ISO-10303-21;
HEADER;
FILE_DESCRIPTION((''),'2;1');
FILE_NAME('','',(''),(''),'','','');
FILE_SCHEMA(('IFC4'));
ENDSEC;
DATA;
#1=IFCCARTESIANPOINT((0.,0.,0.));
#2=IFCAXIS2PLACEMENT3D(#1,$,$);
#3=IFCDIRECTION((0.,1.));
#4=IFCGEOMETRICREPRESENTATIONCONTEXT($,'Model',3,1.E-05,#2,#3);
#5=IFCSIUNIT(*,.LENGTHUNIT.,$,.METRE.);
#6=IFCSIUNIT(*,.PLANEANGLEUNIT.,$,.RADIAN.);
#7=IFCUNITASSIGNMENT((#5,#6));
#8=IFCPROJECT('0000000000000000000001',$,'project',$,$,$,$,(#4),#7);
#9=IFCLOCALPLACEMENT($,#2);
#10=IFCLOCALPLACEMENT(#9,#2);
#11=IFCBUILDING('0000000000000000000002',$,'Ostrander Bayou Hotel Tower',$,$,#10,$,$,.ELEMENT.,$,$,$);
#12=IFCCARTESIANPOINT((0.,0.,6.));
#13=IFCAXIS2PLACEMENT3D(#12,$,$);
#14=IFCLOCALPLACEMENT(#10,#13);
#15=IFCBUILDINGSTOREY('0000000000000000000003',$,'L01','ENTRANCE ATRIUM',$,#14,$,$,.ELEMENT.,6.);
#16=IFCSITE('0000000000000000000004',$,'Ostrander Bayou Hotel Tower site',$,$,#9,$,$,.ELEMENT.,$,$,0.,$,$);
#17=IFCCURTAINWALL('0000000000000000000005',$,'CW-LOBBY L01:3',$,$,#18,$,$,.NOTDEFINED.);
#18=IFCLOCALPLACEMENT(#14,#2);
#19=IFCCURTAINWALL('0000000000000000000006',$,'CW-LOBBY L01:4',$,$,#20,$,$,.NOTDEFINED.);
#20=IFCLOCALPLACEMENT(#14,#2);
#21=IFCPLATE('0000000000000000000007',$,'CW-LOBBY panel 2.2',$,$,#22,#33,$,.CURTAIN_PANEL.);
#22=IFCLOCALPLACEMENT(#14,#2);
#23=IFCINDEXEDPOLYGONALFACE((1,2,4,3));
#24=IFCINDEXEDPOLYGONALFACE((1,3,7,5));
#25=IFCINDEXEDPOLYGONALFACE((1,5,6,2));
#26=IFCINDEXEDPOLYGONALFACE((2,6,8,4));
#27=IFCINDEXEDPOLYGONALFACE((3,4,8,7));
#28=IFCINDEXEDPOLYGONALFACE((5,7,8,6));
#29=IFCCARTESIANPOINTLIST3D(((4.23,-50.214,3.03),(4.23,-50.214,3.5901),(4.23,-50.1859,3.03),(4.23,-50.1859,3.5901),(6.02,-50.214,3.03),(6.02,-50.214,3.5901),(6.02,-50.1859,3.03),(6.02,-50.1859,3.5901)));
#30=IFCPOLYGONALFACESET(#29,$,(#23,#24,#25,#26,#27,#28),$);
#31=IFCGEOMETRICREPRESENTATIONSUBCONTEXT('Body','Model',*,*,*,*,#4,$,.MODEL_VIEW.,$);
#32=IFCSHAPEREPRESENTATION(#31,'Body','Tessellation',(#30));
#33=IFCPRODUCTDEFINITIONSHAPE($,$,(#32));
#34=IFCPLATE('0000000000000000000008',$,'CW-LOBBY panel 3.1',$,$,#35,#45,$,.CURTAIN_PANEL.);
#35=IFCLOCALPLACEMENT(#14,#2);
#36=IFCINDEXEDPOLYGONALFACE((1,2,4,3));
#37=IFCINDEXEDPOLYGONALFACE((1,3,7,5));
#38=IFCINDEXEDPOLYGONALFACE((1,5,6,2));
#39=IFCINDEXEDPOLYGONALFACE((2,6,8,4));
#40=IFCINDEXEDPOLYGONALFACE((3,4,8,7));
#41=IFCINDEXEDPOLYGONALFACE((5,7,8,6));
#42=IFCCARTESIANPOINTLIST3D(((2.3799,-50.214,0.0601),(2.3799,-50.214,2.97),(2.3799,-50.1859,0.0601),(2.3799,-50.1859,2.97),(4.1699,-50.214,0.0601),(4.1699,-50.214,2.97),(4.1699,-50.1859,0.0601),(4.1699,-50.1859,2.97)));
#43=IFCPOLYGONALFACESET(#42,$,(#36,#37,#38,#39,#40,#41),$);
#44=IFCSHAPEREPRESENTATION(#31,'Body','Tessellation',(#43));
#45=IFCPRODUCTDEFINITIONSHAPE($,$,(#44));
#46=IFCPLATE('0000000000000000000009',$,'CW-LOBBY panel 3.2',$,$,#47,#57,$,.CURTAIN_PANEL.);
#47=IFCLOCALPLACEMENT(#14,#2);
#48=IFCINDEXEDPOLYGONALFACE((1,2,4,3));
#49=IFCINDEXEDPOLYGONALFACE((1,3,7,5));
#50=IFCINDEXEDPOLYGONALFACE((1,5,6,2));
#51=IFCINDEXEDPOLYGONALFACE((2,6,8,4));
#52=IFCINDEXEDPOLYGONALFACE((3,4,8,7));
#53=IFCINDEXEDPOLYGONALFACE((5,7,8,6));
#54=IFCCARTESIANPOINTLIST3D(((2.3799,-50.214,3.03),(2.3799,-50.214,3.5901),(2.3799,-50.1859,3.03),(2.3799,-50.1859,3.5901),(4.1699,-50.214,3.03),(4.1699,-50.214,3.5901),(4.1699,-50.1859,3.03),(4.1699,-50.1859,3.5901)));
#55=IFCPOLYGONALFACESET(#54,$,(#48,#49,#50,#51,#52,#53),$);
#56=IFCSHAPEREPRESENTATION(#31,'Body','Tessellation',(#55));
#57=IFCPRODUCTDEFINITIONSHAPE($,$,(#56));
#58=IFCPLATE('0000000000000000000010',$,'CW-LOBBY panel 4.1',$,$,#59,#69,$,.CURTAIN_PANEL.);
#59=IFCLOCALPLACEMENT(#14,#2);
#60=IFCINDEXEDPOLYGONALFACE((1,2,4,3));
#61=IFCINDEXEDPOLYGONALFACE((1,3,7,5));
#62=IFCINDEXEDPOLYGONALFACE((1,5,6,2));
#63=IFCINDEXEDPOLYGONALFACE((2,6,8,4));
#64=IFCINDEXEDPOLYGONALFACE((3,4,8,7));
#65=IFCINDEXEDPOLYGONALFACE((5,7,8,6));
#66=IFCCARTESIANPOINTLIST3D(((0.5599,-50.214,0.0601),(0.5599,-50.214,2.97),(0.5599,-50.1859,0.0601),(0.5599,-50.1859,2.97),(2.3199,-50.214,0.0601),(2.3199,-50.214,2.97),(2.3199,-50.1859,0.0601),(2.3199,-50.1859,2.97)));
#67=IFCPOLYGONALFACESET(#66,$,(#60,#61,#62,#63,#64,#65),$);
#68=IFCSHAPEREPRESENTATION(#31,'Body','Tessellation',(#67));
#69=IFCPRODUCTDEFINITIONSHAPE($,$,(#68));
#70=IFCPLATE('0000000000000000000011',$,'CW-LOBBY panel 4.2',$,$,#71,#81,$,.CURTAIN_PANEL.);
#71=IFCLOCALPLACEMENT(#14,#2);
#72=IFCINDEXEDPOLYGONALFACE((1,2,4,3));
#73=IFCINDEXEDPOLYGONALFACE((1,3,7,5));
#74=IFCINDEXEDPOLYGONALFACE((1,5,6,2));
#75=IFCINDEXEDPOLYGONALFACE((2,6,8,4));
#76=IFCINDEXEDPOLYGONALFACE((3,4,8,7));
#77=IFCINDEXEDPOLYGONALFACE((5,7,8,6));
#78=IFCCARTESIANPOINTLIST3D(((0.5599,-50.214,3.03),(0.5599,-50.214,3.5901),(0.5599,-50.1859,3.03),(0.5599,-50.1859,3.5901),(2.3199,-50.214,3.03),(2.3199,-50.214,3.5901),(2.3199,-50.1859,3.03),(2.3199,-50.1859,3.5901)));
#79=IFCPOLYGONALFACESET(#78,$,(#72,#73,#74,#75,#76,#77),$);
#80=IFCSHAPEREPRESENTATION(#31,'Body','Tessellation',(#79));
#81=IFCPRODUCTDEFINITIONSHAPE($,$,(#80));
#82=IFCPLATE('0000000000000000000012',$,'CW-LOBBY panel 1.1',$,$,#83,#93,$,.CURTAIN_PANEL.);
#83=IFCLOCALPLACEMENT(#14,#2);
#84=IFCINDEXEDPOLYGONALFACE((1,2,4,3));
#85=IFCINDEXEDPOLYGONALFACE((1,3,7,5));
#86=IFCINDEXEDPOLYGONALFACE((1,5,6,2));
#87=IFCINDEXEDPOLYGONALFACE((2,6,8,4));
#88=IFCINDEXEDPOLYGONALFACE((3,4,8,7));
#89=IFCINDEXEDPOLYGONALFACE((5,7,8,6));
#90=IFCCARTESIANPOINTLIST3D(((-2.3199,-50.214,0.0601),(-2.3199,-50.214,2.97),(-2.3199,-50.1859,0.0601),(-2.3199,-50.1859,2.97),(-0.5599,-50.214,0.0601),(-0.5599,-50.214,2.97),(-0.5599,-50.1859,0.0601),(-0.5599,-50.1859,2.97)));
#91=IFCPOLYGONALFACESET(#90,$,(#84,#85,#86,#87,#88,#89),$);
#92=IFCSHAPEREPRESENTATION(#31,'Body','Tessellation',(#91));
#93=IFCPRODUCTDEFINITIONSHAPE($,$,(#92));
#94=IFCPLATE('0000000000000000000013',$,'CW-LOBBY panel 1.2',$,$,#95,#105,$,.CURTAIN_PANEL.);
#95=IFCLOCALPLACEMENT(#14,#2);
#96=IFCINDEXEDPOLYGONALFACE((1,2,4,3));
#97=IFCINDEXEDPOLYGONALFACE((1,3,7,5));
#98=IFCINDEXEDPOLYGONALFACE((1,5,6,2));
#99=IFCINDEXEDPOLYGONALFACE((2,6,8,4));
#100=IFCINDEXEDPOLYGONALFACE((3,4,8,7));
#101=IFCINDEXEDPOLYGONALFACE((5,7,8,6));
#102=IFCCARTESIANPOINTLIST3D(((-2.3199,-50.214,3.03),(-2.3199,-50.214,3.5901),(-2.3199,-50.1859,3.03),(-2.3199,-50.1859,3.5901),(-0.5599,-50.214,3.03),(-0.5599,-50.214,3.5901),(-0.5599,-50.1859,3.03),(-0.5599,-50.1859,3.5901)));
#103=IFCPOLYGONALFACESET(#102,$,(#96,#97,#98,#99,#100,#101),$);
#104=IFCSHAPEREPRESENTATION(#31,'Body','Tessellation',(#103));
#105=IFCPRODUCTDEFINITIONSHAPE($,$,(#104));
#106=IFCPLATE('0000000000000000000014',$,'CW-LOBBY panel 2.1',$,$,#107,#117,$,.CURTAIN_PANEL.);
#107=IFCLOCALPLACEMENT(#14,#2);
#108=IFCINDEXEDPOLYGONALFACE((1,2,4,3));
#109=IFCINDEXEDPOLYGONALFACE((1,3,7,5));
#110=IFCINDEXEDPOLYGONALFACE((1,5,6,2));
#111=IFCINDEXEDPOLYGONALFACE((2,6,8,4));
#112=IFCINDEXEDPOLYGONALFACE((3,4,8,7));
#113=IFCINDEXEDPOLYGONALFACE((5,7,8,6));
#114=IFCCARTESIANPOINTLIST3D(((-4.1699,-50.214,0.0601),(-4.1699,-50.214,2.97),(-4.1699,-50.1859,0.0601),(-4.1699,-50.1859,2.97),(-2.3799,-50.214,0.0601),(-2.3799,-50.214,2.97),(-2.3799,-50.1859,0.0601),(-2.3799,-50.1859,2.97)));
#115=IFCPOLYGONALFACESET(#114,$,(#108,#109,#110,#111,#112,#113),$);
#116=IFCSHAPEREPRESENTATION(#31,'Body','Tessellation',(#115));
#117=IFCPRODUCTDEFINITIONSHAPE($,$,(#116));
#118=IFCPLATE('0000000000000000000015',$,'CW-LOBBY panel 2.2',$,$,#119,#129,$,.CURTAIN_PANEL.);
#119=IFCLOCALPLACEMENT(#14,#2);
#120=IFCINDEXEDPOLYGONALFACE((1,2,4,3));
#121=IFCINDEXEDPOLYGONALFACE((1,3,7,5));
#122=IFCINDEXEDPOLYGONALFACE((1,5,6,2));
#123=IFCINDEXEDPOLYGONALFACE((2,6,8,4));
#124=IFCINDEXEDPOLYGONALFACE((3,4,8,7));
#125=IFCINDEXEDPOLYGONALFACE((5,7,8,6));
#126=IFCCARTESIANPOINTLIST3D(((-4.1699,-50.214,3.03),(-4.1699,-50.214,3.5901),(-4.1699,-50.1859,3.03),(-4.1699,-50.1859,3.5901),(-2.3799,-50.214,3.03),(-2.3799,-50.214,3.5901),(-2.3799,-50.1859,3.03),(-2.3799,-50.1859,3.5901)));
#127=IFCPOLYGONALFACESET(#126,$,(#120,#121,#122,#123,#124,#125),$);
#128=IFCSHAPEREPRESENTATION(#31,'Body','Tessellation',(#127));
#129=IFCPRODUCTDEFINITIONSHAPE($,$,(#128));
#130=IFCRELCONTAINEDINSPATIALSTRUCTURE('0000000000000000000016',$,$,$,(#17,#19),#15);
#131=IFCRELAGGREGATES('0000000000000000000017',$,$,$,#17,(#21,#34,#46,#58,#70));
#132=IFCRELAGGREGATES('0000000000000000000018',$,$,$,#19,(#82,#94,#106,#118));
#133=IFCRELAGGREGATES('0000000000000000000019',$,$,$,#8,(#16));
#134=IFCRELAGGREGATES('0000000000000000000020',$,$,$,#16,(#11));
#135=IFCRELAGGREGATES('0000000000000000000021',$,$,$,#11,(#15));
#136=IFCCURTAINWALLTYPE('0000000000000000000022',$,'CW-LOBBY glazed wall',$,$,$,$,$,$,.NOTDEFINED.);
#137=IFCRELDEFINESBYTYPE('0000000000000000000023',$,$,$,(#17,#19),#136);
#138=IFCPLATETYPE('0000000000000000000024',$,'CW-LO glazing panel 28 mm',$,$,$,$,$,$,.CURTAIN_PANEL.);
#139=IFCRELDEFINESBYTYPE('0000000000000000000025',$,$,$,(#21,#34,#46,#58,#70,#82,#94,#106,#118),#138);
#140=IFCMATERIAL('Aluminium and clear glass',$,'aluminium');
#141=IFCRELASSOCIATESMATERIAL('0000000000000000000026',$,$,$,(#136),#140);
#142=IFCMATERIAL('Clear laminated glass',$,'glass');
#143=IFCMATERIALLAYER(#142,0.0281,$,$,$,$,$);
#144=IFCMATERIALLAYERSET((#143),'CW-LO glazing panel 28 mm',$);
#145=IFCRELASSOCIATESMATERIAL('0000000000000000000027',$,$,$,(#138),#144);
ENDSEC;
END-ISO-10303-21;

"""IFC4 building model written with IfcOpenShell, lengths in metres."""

from ifc_helpers import new_model, si_unit, direction, frame, origin, origin_2d, place, context, subcontext, project, spatial, rectangle, extrude, material, layer, layer_set, type_object, element, aggregate, save


model = new_model("IFC4")

# Units and contexts
model_context = context("Model", 3, precision=1e-05, world=origin(), true_north=direction((0.0, 1.0)))
body_context = subcontext(model_context, "Body", "Model", "MODEL_VIEW")
ifc_project = project(units=[si_unit("LENGTHUNIT", "METRE"), si_unit("PLANEANGLEUNIT", "RADIAN")], contexts=[model_context])

# Site, building, storey
site_placement = place(None, origin())
site = spatial("IfcSite", under=ifc_project, at=site_placement, Name="Ostrander Bayou Hotel Tower site", CompositionType="ELEMENT", RefElevation=0.0)
building_placement = place(site_placement, origin())
building = spatial("IfcBuilding", under=site, at=building_placement, Name="Ostrander Bayou Hotel Tower", CompositionType="ELEMENT")
storey_placement = place(building_placement, frame((0.0, 0.0, 6.0)))
storey = spatial("IfcBuildingStorey", under=building, at=storey_placement, Name="L01", Description="ENTRANCE ATRIUM", CompositionType="ELEMENT", Elevation=6.0)

# Curtain walls
ifc_material_1 = material(Name="Aluminium and clear glass", Category="aluminium")
curtain_wall_type = type_object("IfcCurtainWallType", Name="CW-LOBBY glazed wall", PredefinedType="NOTDEFINED", material=ifc_material_1)
curtain_wall_1_placement = place(storey_placement, origin())
curtain_wall_1 = element("IfcCurtainWall", 1, at=curtain_wall_1_placement, inside=storey, type_object=curtain_wall_type, Name="CW-LOBBY L01:3", PredefinedType="NOTDEFINED")
curtain_wall_2_placement = place(storey_placement, origin())
curtain_wall_2 = element("IfcCurtainWall", 2, at=curtain_wall_2_placement, inside=storey, type_object=curtain_wall_type, Name="CW-LOBBY L01:4", PredefinedType="NOTDEFINED")

# Plates
ifc_material_2 = material(Name="Clear laminated glass", Category="glass")
ifc_layer = layer(ifc_material_2, 0.0281)
ifc_layer_set = layer_set([ifc_layer], Name="CW-LO glazing panel 28 mm")
plate_type = type_object("IfcPlateType", Name="CW-LO glazing panel 28 mm", PredefinedType="CURTAIN_PANEL", material=ifc_layer_set)
plate_1_placement = place(storey_placement, frame((5.125, -50.2, 3.03), z_axis=(0.0, 0.0, 1.0), x_axis=(-1.0, 0.0, 0.0)))
plate_1 = element("IfcPlate", 3, at=plate_1_placement, type_object=plate_type, Name="CW-LOBBY panel 2.2", PredefinedType="CURTAIN_PANEL", context=body_context, shape_type="SweptSolid", body=[
    extrude(rectangle(XDim=1.79, YDim=0.0281, at=origin_2d()), origin(), (0.0, 0.0, 1.0), 0.5601),
])
plate_2_placement = place(storey_placement, frame((3.2749, -50.2, 0.0601), z_axis=(0.0, 0.0, 1.0), x_axis=(-1.0, 0.0, 0.0)))
plate_2 = element("IfcPlate", 4, at=plate_2_placement, type_object=plate_type, Name="CW-LOBBY panel 3.1", PredefinedType="CURTAIN_PANEL", context=body_context, shape_type="SweptSolid", body=[
    extrude(rectangle(XDim=1.79, YDim=0.0281, at=origin_2d()), origin(), (0.0, 0.0, 1.0), 2.9099),
])
plate_3_placement = place(storey_placement, frame((3.2749, -50.2, 3.03), z_axis=(0.0, 0.0, 1.0), x_axis=(-1.0, 0.0, 0.0)))
plate_3 = element("IfcPlate", 5, at=plate_3_placement, type_object=plate_type, Name="CW-LOBBY panel 3.2", PredefinedType="CURTAIN_PANEL", context=body_context, shape_type="SweptSolid", body=[
    extrude(rectangle(XDim=1.79, YDim=0.0281, at=origin_2d()), origin(), (0.0, 0.0, 1.0), 0.5601),
])
plate_4_placement = place(storey_placement, frame((1.4399, -50.2, 0.0601), z_axis=(0.0, 0.0, 1.0), x_axis=(-1.0, 0.0, 0.0)))
plate_4 = element("IfcPlate", 6, at=plate_4_placement, type_object=plate_type, Name="CW-LOBBY panel 4.1", PredefinedType="CURTAIN_PANEL", context=body_context, shape_type="SweptSolid", body=[
    extrude(rectangle(XDim=1.76, YDim=0.0281, at=origin_2d()), origin(), (0.0, 0.0, 1.0), 2.9099),
])
plate_5_placement = place(storey_placement, frame((1.4399, -50.2, 3.03), z_axis=(0.0, 0.0, 1.0), x_axis=(-1.0, 0.0, 0.0)))
plate_5 = element("IfcPlate", 7, at=plate_5_placement, type_object=plate_type, Name="CW-LOBBY panel 4.2", PredefinedType="CURTAIN_PANEL", context=body_context, shape_type="SweptSolid", body=[
    extrude(rectangle(XDim=1.76, YDim=0.0281, at=origin_2d()), origin(), (0.0, 0.0, 1.0), 0.5601),
])
aggregate(curtain_wall_1, [plate_1, plate_2, plate_3, plate_4, plate_5])
plate_6_placement = place(storey_placement, frame((-1.4399, -50.2, 0.0601), z_axis=(0.0, 0.0, 1.0), x_axis=(-1.0, 0.0, 0.0)))
plate_6 = element("IfcPlate", 8, at=plate_6_placement, type_object=plate_type, Name="CW-LOBBY panel 1.1", PredefinedType="CURTAIN_PANEL", context=body_context, shape_type="SweptSolid", body=[
    extrude(rectangle(XDim=1.76, YDim=0.0281, at=origin_2d()), origin(), (0.0, 0.0, 1.0), 2.9099),
])
plate_7_placement = place(storey_placement, frame((-1.4399, -50.2, 3.03), z_axis=(0.0, 0.0, 1.0), x_axis=(-1.0, 0.0, 0.0)))
plate_7 = element("IfcPlate", 9, at=plate_7_placement, type_object=plate_type, Name="CW-LOBBY panel 1.2", PredefinedType="CURTAIN_PANEL", context=body_context, shape_type="SweptSolid", body=[
    extrude(rectangle(XDim=1.76, YDim=0.0281, at=origin_2d()), origin(), (0.0, 0.0, 1.0), 0.5601),
])
plate_8_placement = place(storey_placement, frame((-3.2749, -50.2, 0.0601), z_axis=(0.0, 0.0, 1.0), x_axis=(-1.0, 0.0, 0.0)))
plate_8 = element("IfcPlate", 10, at=plate_8_placement, type_object=plate_type, Name="CW-LOBBY panel 2.1", PredefinedType="CURTAIN_PANEL", context=body_context, shape_type="SweptSolid", body=[
    extrude(rectangle(XDim=1.79, YDim=0.0281, at=origin_2d()), origin(), (0.0, 0.0, 1.0), 2.9099),
])
plate_9_placement = place(storey_placement, frame((-3.2749, -50.2, 3.03), z_axis=(0.0, 0.0, 1.0), x_axis=(-1.0, 0.0, 0.0)))
plate_9 = element("IfcPlate", 11, at=plate_9_placement, type_object=plate_type, Name="CW-LOBBY panel 2.2", PredefinedType="CURTAIN_PANEL", context=body_context, shape_type="SweptSolid", body=[
    extrude(rectangle(XDim=1.79, YDim=0.0281, at=origin_2d()), origin(), (0.0, 0.0, 1.0), 0.5601),
])
aggregate(curtain_wall_2, [plate_6, plate_7, plate_8, plate_9])

save(model, "model.ifc")
